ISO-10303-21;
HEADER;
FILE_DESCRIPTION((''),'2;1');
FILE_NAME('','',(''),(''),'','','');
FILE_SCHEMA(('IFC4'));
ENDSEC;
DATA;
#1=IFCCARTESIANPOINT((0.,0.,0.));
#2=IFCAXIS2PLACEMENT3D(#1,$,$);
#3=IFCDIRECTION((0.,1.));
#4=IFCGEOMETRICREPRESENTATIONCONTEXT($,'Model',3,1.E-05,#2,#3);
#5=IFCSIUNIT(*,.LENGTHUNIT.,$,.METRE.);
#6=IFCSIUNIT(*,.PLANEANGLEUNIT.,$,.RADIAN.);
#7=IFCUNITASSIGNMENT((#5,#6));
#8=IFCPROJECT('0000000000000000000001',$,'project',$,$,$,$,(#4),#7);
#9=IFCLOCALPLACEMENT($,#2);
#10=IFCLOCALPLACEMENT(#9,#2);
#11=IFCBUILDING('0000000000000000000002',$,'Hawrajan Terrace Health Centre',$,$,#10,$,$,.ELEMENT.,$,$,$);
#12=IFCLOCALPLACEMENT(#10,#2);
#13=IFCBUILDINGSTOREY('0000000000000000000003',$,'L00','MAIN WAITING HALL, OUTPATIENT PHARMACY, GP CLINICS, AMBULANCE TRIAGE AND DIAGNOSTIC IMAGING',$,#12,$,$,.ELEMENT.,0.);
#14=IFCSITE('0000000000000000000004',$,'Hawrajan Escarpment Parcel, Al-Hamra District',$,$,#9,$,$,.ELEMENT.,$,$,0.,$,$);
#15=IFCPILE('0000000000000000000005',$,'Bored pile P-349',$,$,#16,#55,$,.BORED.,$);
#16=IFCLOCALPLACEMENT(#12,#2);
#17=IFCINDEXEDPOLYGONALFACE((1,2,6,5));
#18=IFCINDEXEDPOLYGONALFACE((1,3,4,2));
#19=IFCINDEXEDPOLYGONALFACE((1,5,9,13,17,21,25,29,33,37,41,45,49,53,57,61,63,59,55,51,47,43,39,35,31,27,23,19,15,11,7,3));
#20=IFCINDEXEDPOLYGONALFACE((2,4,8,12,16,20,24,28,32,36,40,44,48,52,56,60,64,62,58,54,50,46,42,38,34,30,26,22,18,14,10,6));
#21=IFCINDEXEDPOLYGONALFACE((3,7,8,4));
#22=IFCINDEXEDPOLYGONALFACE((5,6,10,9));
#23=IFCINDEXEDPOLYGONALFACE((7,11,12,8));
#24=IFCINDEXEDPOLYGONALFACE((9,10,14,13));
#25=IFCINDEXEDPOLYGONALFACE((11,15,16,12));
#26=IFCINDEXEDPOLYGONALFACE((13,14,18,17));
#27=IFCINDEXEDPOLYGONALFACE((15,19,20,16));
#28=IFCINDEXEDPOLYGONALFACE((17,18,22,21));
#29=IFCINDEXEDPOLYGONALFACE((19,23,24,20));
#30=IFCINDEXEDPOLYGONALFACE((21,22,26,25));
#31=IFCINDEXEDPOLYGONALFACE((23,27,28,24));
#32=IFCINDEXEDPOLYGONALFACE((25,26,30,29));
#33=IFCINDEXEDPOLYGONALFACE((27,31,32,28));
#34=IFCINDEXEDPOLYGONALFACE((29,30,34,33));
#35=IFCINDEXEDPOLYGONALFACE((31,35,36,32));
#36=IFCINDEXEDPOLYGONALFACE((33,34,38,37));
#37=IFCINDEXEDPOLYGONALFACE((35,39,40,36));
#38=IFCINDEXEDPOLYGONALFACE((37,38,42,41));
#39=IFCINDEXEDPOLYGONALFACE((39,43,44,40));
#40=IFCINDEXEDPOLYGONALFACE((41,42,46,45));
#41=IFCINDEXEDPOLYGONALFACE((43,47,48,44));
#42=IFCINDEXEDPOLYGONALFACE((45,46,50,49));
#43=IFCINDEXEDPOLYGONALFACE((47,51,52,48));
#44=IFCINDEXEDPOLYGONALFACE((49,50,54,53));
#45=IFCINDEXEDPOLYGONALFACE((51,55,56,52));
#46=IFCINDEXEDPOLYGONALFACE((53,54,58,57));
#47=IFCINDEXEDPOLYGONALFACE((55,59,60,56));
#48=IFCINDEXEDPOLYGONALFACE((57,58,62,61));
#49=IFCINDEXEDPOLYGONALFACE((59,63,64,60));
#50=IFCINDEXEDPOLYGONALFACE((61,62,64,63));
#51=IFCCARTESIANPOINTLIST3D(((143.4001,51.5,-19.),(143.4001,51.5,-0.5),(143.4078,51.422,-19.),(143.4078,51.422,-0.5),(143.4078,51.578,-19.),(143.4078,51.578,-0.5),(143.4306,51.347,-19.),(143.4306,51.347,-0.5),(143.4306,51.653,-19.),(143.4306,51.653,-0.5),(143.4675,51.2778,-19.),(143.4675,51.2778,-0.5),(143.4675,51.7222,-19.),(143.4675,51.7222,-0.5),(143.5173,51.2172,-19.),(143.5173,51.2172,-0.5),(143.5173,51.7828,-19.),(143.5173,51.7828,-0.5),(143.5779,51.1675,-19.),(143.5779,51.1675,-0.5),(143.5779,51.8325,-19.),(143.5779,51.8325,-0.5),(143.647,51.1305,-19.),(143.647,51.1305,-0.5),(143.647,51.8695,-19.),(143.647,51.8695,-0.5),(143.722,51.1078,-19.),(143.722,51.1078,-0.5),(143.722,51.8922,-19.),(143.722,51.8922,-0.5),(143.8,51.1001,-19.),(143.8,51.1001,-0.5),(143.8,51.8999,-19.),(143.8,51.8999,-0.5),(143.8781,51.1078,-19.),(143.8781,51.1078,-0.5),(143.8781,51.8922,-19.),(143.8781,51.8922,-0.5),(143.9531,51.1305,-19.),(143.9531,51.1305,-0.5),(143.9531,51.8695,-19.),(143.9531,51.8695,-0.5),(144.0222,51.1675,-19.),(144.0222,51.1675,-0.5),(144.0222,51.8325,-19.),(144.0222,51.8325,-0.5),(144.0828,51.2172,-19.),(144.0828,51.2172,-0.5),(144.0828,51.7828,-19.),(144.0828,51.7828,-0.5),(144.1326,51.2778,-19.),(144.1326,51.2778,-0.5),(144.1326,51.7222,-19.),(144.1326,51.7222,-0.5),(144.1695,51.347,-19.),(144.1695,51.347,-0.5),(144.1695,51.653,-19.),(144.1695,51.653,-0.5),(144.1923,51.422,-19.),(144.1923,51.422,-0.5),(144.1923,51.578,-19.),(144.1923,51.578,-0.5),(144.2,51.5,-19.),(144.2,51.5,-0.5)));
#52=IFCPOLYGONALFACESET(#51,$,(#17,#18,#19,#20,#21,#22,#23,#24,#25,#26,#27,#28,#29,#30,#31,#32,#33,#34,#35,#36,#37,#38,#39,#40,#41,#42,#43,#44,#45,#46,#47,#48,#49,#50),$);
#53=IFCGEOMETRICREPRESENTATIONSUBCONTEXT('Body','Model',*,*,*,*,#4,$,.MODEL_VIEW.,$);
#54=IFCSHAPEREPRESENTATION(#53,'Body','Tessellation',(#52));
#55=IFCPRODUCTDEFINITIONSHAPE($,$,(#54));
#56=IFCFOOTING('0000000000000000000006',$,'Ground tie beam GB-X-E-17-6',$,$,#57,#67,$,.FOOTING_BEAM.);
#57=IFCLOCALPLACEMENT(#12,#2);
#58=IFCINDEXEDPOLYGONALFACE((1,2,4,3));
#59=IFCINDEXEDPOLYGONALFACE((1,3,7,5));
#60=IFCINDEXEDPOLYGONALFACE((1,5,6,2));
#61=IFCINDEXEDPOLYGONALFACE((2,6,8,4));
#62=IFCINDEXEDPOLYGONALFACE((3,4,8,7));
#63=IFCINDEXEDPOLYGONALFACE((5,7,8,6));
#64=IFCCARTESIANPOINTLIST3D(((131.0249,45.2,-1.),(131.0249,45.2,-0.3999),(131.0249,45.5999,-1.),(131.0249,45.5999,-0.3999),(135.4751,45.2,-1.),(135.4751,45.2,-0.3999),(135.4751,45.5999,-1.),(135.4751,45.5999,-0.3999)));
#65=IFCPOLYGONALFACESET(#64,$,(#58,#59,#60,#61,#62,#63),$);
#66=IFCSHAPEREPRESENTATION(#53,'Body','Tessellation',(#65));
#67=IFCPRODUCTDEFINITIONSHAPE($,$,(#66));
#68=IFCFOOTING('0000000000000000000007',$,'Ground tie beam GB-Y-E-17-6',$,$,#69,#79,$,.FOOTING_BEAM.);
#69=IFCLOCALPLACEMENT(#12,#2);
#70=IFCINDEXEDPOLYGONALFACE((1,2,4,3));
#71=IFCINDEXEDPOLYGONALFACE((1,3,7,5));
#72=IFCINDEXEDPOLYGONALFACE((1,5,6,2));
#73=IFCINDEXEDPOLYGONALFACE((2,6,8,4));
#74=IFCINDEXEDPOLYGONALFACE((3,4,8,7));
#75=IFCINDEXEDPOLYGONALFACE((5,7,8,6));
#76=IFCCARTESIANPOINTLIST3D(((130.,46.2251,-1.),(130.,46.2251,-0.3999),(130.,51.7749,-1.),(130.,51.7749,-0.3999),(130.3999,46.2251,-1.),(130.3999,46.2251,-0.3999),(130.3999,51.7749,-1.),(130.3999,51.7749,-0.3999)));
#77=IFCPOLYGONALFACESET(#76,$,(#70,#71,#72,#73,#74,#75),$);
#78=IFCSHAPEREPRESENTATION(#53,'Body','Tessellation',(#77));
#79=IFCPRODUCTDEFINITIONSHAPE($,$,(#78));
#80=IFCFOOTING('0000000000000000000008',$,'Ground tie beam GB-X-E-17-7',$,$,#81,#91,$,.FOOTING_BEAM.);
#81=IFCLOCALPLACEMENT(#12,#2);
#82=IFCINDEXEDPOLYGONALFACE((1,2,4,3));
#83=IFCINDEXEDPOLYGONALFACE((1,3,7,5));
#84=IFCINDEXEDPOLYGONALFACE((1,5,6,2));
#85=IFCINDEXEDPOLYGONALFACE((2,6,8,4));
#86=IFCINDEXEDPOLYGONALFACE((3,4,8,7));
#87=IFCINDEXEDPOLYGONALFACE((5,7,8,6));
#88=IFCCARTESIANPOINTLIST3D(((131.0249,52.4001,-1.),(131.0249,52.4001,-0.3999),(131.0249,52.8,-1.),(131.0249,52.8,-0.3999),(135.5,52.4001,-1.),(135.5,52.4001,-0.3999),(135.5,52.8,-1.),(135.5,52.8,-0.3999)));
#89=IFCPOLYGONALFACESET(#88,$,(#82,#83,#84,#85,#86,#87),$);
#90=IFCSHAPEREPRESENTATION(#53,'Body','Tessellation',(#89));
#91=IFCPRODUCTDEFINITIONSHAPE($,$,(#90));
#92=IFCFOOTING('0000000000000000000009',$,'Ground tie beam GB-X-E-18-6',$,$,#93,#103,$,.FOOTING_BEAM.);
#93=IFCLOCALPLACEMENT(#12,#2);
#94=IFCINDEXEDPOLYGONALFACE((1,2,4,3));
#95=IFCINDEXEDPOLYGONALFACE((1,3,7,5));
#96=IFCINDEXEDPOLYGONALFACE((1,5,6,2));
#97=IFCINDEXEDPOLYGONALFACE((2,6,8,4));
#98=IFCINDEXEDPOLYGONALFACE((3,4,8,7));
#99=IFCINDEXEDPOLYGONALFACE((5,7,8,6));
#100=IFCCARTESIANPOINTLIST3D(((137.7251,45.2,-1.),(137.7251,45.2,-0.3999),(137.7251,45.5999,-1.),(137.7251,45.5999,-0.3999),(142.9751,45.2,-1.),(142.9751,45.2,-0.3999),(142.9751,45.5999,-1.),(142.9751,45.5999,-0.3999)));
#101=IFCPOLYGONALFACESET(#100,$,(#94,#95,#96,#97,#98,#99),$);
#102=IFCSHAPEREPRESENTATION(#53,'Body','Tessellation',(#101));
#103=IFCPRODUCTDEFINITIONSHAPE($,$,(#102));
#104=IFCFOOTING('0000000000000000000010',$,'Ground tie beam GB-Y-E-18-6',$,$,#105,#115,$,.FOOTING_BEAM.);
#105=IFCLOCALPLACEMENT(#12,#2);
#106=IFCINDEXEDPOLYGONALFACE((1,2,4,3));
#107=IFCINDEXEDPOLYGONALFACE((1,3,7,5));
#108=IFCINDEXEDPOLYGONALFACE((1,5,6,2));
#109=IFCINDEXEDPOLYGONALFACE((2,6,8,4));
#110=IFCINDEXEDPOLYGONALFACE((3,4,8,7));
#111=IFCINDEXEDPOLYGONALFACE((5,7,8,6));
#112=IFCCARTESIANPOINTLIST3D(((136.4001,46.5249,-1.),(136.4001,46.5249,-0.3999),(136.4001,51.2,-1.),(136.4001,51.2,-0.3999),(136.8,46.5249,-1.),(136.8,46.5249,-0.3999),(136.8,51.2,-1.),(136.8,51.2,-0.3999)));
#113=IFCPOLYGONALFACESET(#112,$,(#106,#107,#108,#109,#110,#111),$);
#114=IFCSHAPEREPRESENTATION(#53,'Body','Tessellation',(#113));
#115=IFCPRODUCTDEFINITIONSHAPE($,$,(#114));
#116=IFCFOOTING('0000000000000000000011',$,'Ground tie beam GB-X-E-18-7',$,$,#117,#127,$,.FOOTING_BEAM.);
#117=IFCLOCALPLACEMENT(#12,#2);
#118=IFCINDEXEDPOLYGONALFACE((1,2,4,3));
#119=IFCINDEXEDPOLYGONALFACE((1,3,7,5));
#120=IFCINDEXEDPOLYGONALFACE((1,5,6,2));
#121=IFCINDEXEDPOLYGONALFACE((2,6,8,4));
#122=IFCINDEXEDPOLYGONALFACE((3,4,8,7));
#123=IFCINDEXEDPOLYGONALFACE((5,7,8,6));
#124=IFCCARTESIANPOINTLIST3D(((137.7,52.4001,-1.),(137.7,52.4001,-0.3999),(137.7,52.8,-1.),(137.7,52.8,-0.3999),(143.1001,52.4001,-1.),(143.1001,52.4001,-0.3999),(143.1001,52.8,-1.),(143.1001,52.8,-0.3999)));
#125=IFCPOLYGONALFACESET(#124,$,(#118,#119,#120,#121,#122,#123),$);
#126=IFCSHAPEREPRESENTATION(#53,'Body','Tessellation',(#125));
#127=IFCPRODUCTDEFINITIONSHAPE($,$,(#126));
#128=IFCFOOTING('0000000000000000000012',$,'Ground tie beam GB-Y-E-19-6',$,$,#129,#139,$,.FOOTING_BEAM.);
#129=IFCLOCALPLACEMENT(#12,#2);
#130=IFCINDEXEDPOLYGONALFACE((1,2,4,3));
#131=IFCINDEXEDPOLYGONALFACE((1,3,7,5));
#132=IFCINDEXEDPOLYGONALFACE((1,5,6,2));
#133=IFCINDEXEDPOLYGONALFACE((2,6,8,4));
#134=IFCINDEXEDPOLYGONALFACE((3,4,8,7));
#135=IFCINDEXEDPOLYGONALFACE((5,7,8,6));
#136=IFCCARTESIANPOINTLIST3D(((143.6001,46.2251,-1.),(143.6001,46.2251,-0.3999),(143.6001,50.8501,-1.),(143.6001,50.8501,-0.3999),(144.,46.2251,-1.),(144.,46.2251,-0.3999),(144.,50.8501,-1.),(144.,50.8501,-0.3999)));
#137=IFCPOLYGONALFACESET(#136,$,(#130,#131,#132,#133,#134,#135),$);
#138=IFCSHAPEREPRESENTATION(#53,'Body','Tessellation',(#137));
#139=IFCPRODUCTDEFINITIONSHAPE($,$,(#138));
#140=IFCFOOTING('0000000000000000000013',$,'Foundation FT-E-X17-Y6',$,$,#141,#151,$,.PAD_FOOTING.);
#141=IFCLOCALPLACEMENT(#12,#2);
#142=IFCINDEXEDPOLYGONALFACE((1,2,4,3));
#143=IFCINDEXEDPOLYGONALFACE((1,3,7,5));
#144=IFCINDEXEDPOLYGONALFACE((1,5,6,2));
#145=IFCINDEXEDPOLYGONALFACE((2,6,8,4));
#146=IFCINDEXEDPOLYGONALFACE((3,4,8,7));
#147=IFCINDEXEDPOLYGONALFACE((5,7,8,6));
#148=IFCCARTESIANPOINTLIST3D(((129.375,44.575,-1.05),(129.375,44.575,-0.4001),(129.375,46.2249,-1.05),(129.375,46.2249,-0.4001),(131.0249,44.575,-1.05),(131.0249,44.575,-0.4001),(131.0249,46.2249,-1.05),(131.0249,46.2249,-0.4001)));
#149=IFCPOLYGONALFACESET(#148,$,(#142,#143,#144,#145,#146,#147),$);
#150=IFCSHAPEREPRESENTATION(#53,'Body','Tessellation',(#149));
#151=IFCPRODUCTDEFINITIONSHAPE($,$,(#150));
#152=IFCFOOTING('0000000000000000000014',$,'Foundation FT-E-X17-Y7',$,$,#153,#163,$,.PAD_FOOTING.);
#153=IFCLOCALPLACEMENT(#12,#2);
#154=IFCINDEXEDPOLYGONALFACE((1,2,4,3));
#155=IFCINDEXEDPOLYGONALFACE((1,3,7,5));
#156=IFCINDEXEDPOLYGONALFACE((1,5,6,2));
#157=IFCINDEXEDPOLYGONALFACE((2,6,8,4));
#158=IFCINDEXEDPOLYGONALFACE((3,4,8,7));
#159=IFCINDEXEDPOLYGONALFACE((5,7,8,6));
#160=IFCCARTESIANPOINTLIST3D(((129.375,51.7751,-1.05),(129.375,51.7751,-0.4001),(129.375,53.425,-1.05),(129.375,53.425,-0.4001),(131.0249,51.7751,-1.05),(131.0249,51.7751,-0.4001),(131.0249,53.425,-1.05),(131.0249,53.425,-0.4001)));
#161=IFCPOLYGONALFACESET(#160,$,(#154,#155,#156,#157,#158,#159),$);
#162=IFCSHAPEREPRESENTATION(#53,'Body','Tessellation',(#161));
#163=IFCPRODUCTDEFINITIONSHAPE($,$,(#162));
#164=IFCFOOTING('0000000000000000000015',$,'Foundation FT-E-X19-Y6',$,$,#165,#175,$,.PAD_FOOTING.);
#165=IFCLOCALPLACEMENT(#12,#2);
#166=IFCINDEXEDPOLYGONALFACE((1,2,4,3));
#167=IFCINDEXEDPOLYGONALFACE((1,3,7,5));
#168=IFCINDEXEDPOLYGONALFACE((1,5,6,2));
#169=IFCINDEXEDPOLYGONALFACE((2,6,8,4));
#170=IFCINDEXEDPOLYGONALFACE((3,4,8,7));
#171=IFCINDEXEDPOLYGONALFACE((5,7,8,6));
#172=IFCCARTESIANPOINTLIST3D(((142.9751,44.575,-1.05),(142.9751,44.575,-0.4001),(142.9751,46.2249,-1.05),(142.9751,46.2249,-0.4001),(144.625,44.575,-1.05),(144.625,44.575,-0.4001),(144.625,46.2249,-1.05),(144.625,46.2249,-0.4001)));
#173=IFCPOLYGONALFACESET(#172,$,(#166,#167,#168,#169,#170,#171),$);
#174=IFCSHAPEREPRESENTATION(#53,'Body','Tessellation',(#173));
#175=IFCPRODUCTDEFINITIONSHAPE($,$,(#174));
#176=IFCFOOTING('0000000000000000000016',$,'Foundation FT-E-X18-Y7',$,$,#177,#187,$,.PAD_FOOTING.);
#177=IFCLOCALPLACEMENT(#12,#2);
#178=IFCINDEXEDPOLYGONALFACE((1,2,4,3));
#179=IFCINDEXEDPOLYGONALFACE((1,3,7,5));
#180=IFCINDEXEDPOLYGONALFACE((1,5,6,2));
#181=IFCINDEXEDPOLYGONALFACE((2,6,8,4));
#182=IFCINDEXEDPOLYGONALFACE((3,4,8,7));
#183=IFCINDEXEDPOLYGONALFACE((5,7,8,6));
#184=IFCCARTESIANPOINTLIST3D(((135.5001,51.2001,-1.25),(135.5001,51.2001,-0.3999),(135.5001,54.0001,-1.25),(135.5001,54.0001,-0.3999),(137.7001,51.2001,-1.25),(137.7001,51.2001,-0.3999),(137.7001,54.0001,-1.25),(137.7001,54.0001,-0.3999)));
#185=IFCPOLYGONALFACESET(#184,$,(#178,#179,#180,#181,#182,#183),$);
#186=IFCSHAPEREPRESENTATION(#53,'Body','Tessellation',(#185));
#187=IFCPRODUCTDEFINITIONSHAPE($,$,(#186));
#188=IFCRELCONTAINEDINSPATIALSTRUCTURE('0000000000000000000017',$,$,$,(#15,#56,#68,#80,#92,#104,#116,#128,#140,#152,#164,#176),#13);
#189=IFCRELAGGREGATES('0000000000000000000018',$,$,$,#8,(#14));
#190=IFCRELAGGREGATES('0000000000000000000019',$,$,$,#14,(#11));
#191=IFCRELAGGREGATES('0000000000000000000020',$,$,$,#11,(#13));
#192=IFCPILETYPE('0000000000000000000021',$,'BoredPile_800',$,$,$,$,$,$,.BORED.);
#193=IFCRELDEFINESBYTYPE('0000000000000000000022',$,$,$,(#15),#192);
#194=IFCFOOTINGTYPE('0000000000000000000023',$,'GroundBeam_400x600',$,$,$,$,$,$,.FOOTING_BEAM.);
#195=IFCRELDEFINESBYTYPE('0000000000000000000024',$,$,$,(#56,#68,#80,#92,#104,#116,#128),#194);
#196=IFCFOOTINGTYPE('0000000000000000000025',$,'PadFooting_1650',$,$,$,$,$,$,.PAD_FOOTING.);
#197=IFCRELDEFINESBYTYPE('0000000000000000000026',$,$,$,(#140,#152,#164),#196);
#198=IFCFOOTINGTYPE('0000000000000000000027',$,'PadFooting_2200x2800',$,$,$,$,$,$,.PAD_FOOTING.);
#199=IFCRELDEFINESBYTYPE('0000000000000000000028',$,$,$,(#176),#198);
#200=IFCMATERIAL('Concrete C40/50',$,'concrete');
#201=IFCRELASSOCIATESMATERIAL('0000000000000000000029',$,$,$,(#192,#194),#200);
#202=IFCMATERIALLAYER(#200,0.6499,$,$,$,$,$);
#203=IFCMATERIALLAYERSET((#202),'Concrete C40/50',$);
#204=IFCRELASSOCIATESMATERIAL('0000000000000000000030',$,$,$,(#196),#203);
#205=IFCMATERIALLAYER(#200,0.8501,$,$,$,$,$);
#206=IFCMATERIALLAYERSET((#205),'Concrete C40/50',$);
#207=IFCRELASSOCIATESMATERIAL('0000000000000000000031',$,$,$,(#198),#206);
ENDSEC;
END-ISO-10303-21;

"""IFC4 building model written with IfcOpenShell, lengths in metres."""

from ifc_helpers import new_model, si_unit, direction, frame, origin, origin_2d, place, context, subcontext, project, spatial, rectangle, circle, extrude, material, layer, layer_set, material_profile, profile_set, type_object, element, save


model = new_model("IFC4")

# Units and contexts
model_context = context("Model", 3, precision=1e-05, world=origin(), true_north=direction((0.0, 1.0)))
body_context = subcontext(model_context, "Body", "Model", "MODEL_VIEW")
ifc_project = project(units=[si_unit("LENGTHUNIT", "METRE"), si_unit("PLANEANGLEUNIT", "RADIAN")], contexts=[model_context])

# Site, building, storey
site_placement = place(None, origin())
site = spatial("IfcSite", under=ifc_project, at=site_placement, Name="Hawrajan Escarpment Parcel, Al-Hamra District", CompositionType="ELEMENT", RefElevation=0.0)
building_placement = place(site_placement, origin())
building = spatial("IfcBuilding", under=site, at=building_placement, Name="Hawrajan Terrace Health Centre", CompositionType="ELEMENT")
storey_placement = place(building_placement, origin())
storey = spatial("IfcBuildingStorey", under=building, at=storey_placement, Name="L00", Description="MAIN WAITING HALL, OUTPATIENT PHARMACY, GP CLINICS, AMBULANCE TRIAGE AND DIAGNOSTIC IMAGING", CompositionType="ELEMENT", Elevation=0.0)

# Pile
ifc_material_1 = material(Name="Concrete C40/50", Category="concrete")
ifc_material_profile_1 = material_profile(ifc_material_1, circle(Radius=0.3999, at=origin_2d()), Name="BP 800")
ifc_profile_set_1 = profile_set([ifc_material_profile_1], Name="Concrete C40/50")
pile_type = type_object("IfcPileType", Name="BoredPile_800", PredefinedType="BORED", material=ifc_profile_set_1)
pile_placement = place(storey_placement, frame((143.8, 51.5, -0.5), z_axis=(0.0, 0.0, -1.0), x_axis=(1.0, 0.0, 0.0)))
element("IfcPile", 1, at=pile_placement, inside=storey, type_object=pile_type, Name="Bored pile P-349", PredefinedType="BORED", context=body_context, shape_type="SweptSolid", body=[
    extrude(circle(Radius=0.3999, at=origin_2d()), origin(), (0.0, 0.0, 1.0), 18.5),
])

# Footings
ifc_material_profile_2 = material_profile(ifc_material_1, rectangle(XDim=0.3999, YDim=0.6001, at=origin_2d()), Name="RC BM 400x600")
ifc_profile_set_2 = profile_set([ifc_material_profile_2], Name="Concrete C40/50")
footing_type_1 = type_object("IfcFootingType", Name="GroundBeam_400x600", PredefinedType="FOOTING_BEAM", material=ifc_profile_set_2)
footing_1_placement = place(storey_placement, frame((131.0249, 45.3999, -0.7), z_axis=(1.0, 0.0, 0.0), x_axis=(0.0, 1.0, 0.0)))
element("IfcFooting", 2, at=footing_1_placement, inside=storey, type_object=footing_type_1, Name="Ground tie beam GB-X-E-17-6", PredefinedType="FOOTING_BEAM", context=body_context, shape_type="SweptSolid", body=[
    extrude(rectangle(XDim=0.3999, YDim=0.6001, at=origin_2d()), origin(), (0.0, 0.0, 1.0), 4.4502),
])
footing_2_placement = place(storey_placement, frame((130.2, 46.2251, -0.7), z_axis=(0.0, 1.0, 0.0), x_axis=(-1.0, 0.0, 0.0)))
element("IfcFooting", 3, at=footing_2_placement, inside=storey, type_object=footing_type_1, Name="Ground tie beam GB-Y-E-17-6", PredefinedType="FOOTING_BEAM", context=body_context, shape_type="SweptSolid", body=[
    extrude(rectangle(XDim=0.3999, YDim=0.6001, at=origin_2d()), origin(), (0.0, 0.0, 1.0), 5.5498),
])
footing_3_placement = place(storey_placement, frame((131.0249, 52.6001, -0.7), z_axis=(1.0, 0.0, 0.0), x_axis=(0.0, 1.0, 0.0)))
element("IfcFooting", 4, at=footing_3_placement, inside=storey, type_object=footing_type_1, Name="Ground tie beam GB-X-E-17-7", PredefinedType="FOOTING_BEAM", context=body_context, shape_type="SweptSolid", body=[
    extrude(rectangle(XDim=0.3999, YDim=0.6001, at=origin_2d()), origin(), (0.0, 0.0, 1.0), 4.4751),
])
footing_4_placement = place(storey_placement, frame((137.7251, 45.3999, -0.7), z_axis=(1.0, 0.0, 0.0), x_axis=(0.0, 1.0, 0.0)))
element("IfcFooting", 5, at=footing_4_placement, inside=storey, type_object=footing_type_1, Name="Ground tie beam GB-X-E-18-6", PredefinedType="FOOTING_BEAM", context=body_context, shape_type="SweptSolid", body=[
    extrude(rectangle(XDim=0.3999, YDim=0.6001, at=origin_2d()), origin(), (0.0, 0.0, 1.0), 5.25),
])
footing_5_placement = place(storey_placement, frame((136.6001, 46.5249, -0.7), z_axis=(0.0, 1.0, 0.0), x_axis=(-1.0, 0.0, 0.0)))
element("IfcFooting", 6, at=footing_5_placement, inside=storey, type_object=footing_type_1, Name="Ground tie beam GB-Y-E-18-6", PredefinedType="FOOTING_BEAM", context=body_context, shape_type="SweptSolid", body=[
    extrude(rectangle(XDim=0.3999, YDim=0.6001, at=origin_2d()), origin(), (0.0, 0.0, 1.0), 4.675),
])
footing_6_placement = place(storey_placement, frame((137.7, 52.6001, -0.7), z_axis=(1.0, 0.0, 0.0), x_axis=(0.0, 1.0, 0.0)))
element("IfcFooting", 7, at=footing_6_placement, inside=storey, type_object=footing_type_1, Name="Ground tie beam GB-X-E-18-7", PredefinedType="FOOTING_BEAM", context=body_context, shape_type="SweptSolid", body=[
    extrude(rectangle(XDim=0.3999, YDim=0.6001, at=origin_2d()), origin(), (0.0, 0.0, 1.0), 5.4001),
])
footing_7_placement = place(storey_placement, frame((143.8, 46.2251, -0.7), z_axis=(0.0, 1.0, 0.0), x_axis=(-1.0, 0.0, 0.0)))
element("IfcFooting", 8, at=footing_7_placement, inside=storey, type_object=footing_type_1, Name="Ground tie beam GB-Y-E-19-6", PredefinedType="FOOTING_BEAM", context=body_context, shape_type="SweptSolid", body=[
    extrude(rectangle(XDim=0.3999, YDim=0.6001, at=origin_2d()), origin(), (0.0, 0.0, 1.0), 4.625),
])
ifc_layer_1 = layer(ifc_material_1, 0.6499)
ifc_layer_set_1 = layer_set([ifc_layer_1], Name="Concrete C40/50")
footing_type_2 = type_object("IfcFootingType", Name="PadFooting_1650", PredefinedType="PAD_FOOTING", material=ifc_layer_set_1)
for number, where, z_axis, x_axis, name in (
    (9, (130.2, 45.3999, -1.05), (0.0, 0.0, 1.0), (1.0, 0.0, 0.0), "Foundation FT-E-X17-Y6"),
    (10, (130.2, 52.6001, -1.05), (0.0, 0.0, 1.0), (1.0, 0.0, 0.0), "Foundation FT-E-X17-Y7"),
    (11, (143.8, 45.3999, -1.05), (0.0, 0.0, 1.0), (1.0, 0.0, 0.0), "Foundation FT-E-X19-Y6"),
):
    element("IfcFooting", number, at=place(storey_placement, frame(where, z_axis=z_axis, x_axis=x_axis)), inside=storey, type_object=footing_type_2, Name=name, PredefinedType="PAD_FOOTING", context=body_context, shape_type="SweptSolid", body=[
        extrude(rectangle(XDim=1.6499, YDim=1.6499, at=origin_2d()), origin(), (0.0, 0.0, 1.0), 0.6499),
    ])
ifc_layer_2 = layer(ifc_material_1, 0.8501)
ifc_layer_set_2 = layer_set([ifc_layer_2], Name="Concrete C40/50")
footing_type_3 = type_object("IfcFootingType", Name="PadFooting_2200x2800", PredefinedType="PAD_FOOTING", material=ifc_layer_set_2)
footing_8_placement = place(storey_placement, frame((136.6001, 52.6001, -1.25), z_axis=(0.0, 0.0, 1.0), x_axis=(1.0, 0.0, 0.0)))
element("IfcFooting", 12, at=footing_8_placement, inside=storey, type_object=footing_type_3, Name="Foundation FT-E-X18-Y7", PredefinedType="PAD_FOOTING", context=body_context, shape_type="SweptSolid", body=[
    extrude(rectangle(XDim=2.2, YDim=2.8, at=origin_2d()), origin(), (0.0, 0.0, 1.0), 0.8501),
])

save(model, "model.ifc")
